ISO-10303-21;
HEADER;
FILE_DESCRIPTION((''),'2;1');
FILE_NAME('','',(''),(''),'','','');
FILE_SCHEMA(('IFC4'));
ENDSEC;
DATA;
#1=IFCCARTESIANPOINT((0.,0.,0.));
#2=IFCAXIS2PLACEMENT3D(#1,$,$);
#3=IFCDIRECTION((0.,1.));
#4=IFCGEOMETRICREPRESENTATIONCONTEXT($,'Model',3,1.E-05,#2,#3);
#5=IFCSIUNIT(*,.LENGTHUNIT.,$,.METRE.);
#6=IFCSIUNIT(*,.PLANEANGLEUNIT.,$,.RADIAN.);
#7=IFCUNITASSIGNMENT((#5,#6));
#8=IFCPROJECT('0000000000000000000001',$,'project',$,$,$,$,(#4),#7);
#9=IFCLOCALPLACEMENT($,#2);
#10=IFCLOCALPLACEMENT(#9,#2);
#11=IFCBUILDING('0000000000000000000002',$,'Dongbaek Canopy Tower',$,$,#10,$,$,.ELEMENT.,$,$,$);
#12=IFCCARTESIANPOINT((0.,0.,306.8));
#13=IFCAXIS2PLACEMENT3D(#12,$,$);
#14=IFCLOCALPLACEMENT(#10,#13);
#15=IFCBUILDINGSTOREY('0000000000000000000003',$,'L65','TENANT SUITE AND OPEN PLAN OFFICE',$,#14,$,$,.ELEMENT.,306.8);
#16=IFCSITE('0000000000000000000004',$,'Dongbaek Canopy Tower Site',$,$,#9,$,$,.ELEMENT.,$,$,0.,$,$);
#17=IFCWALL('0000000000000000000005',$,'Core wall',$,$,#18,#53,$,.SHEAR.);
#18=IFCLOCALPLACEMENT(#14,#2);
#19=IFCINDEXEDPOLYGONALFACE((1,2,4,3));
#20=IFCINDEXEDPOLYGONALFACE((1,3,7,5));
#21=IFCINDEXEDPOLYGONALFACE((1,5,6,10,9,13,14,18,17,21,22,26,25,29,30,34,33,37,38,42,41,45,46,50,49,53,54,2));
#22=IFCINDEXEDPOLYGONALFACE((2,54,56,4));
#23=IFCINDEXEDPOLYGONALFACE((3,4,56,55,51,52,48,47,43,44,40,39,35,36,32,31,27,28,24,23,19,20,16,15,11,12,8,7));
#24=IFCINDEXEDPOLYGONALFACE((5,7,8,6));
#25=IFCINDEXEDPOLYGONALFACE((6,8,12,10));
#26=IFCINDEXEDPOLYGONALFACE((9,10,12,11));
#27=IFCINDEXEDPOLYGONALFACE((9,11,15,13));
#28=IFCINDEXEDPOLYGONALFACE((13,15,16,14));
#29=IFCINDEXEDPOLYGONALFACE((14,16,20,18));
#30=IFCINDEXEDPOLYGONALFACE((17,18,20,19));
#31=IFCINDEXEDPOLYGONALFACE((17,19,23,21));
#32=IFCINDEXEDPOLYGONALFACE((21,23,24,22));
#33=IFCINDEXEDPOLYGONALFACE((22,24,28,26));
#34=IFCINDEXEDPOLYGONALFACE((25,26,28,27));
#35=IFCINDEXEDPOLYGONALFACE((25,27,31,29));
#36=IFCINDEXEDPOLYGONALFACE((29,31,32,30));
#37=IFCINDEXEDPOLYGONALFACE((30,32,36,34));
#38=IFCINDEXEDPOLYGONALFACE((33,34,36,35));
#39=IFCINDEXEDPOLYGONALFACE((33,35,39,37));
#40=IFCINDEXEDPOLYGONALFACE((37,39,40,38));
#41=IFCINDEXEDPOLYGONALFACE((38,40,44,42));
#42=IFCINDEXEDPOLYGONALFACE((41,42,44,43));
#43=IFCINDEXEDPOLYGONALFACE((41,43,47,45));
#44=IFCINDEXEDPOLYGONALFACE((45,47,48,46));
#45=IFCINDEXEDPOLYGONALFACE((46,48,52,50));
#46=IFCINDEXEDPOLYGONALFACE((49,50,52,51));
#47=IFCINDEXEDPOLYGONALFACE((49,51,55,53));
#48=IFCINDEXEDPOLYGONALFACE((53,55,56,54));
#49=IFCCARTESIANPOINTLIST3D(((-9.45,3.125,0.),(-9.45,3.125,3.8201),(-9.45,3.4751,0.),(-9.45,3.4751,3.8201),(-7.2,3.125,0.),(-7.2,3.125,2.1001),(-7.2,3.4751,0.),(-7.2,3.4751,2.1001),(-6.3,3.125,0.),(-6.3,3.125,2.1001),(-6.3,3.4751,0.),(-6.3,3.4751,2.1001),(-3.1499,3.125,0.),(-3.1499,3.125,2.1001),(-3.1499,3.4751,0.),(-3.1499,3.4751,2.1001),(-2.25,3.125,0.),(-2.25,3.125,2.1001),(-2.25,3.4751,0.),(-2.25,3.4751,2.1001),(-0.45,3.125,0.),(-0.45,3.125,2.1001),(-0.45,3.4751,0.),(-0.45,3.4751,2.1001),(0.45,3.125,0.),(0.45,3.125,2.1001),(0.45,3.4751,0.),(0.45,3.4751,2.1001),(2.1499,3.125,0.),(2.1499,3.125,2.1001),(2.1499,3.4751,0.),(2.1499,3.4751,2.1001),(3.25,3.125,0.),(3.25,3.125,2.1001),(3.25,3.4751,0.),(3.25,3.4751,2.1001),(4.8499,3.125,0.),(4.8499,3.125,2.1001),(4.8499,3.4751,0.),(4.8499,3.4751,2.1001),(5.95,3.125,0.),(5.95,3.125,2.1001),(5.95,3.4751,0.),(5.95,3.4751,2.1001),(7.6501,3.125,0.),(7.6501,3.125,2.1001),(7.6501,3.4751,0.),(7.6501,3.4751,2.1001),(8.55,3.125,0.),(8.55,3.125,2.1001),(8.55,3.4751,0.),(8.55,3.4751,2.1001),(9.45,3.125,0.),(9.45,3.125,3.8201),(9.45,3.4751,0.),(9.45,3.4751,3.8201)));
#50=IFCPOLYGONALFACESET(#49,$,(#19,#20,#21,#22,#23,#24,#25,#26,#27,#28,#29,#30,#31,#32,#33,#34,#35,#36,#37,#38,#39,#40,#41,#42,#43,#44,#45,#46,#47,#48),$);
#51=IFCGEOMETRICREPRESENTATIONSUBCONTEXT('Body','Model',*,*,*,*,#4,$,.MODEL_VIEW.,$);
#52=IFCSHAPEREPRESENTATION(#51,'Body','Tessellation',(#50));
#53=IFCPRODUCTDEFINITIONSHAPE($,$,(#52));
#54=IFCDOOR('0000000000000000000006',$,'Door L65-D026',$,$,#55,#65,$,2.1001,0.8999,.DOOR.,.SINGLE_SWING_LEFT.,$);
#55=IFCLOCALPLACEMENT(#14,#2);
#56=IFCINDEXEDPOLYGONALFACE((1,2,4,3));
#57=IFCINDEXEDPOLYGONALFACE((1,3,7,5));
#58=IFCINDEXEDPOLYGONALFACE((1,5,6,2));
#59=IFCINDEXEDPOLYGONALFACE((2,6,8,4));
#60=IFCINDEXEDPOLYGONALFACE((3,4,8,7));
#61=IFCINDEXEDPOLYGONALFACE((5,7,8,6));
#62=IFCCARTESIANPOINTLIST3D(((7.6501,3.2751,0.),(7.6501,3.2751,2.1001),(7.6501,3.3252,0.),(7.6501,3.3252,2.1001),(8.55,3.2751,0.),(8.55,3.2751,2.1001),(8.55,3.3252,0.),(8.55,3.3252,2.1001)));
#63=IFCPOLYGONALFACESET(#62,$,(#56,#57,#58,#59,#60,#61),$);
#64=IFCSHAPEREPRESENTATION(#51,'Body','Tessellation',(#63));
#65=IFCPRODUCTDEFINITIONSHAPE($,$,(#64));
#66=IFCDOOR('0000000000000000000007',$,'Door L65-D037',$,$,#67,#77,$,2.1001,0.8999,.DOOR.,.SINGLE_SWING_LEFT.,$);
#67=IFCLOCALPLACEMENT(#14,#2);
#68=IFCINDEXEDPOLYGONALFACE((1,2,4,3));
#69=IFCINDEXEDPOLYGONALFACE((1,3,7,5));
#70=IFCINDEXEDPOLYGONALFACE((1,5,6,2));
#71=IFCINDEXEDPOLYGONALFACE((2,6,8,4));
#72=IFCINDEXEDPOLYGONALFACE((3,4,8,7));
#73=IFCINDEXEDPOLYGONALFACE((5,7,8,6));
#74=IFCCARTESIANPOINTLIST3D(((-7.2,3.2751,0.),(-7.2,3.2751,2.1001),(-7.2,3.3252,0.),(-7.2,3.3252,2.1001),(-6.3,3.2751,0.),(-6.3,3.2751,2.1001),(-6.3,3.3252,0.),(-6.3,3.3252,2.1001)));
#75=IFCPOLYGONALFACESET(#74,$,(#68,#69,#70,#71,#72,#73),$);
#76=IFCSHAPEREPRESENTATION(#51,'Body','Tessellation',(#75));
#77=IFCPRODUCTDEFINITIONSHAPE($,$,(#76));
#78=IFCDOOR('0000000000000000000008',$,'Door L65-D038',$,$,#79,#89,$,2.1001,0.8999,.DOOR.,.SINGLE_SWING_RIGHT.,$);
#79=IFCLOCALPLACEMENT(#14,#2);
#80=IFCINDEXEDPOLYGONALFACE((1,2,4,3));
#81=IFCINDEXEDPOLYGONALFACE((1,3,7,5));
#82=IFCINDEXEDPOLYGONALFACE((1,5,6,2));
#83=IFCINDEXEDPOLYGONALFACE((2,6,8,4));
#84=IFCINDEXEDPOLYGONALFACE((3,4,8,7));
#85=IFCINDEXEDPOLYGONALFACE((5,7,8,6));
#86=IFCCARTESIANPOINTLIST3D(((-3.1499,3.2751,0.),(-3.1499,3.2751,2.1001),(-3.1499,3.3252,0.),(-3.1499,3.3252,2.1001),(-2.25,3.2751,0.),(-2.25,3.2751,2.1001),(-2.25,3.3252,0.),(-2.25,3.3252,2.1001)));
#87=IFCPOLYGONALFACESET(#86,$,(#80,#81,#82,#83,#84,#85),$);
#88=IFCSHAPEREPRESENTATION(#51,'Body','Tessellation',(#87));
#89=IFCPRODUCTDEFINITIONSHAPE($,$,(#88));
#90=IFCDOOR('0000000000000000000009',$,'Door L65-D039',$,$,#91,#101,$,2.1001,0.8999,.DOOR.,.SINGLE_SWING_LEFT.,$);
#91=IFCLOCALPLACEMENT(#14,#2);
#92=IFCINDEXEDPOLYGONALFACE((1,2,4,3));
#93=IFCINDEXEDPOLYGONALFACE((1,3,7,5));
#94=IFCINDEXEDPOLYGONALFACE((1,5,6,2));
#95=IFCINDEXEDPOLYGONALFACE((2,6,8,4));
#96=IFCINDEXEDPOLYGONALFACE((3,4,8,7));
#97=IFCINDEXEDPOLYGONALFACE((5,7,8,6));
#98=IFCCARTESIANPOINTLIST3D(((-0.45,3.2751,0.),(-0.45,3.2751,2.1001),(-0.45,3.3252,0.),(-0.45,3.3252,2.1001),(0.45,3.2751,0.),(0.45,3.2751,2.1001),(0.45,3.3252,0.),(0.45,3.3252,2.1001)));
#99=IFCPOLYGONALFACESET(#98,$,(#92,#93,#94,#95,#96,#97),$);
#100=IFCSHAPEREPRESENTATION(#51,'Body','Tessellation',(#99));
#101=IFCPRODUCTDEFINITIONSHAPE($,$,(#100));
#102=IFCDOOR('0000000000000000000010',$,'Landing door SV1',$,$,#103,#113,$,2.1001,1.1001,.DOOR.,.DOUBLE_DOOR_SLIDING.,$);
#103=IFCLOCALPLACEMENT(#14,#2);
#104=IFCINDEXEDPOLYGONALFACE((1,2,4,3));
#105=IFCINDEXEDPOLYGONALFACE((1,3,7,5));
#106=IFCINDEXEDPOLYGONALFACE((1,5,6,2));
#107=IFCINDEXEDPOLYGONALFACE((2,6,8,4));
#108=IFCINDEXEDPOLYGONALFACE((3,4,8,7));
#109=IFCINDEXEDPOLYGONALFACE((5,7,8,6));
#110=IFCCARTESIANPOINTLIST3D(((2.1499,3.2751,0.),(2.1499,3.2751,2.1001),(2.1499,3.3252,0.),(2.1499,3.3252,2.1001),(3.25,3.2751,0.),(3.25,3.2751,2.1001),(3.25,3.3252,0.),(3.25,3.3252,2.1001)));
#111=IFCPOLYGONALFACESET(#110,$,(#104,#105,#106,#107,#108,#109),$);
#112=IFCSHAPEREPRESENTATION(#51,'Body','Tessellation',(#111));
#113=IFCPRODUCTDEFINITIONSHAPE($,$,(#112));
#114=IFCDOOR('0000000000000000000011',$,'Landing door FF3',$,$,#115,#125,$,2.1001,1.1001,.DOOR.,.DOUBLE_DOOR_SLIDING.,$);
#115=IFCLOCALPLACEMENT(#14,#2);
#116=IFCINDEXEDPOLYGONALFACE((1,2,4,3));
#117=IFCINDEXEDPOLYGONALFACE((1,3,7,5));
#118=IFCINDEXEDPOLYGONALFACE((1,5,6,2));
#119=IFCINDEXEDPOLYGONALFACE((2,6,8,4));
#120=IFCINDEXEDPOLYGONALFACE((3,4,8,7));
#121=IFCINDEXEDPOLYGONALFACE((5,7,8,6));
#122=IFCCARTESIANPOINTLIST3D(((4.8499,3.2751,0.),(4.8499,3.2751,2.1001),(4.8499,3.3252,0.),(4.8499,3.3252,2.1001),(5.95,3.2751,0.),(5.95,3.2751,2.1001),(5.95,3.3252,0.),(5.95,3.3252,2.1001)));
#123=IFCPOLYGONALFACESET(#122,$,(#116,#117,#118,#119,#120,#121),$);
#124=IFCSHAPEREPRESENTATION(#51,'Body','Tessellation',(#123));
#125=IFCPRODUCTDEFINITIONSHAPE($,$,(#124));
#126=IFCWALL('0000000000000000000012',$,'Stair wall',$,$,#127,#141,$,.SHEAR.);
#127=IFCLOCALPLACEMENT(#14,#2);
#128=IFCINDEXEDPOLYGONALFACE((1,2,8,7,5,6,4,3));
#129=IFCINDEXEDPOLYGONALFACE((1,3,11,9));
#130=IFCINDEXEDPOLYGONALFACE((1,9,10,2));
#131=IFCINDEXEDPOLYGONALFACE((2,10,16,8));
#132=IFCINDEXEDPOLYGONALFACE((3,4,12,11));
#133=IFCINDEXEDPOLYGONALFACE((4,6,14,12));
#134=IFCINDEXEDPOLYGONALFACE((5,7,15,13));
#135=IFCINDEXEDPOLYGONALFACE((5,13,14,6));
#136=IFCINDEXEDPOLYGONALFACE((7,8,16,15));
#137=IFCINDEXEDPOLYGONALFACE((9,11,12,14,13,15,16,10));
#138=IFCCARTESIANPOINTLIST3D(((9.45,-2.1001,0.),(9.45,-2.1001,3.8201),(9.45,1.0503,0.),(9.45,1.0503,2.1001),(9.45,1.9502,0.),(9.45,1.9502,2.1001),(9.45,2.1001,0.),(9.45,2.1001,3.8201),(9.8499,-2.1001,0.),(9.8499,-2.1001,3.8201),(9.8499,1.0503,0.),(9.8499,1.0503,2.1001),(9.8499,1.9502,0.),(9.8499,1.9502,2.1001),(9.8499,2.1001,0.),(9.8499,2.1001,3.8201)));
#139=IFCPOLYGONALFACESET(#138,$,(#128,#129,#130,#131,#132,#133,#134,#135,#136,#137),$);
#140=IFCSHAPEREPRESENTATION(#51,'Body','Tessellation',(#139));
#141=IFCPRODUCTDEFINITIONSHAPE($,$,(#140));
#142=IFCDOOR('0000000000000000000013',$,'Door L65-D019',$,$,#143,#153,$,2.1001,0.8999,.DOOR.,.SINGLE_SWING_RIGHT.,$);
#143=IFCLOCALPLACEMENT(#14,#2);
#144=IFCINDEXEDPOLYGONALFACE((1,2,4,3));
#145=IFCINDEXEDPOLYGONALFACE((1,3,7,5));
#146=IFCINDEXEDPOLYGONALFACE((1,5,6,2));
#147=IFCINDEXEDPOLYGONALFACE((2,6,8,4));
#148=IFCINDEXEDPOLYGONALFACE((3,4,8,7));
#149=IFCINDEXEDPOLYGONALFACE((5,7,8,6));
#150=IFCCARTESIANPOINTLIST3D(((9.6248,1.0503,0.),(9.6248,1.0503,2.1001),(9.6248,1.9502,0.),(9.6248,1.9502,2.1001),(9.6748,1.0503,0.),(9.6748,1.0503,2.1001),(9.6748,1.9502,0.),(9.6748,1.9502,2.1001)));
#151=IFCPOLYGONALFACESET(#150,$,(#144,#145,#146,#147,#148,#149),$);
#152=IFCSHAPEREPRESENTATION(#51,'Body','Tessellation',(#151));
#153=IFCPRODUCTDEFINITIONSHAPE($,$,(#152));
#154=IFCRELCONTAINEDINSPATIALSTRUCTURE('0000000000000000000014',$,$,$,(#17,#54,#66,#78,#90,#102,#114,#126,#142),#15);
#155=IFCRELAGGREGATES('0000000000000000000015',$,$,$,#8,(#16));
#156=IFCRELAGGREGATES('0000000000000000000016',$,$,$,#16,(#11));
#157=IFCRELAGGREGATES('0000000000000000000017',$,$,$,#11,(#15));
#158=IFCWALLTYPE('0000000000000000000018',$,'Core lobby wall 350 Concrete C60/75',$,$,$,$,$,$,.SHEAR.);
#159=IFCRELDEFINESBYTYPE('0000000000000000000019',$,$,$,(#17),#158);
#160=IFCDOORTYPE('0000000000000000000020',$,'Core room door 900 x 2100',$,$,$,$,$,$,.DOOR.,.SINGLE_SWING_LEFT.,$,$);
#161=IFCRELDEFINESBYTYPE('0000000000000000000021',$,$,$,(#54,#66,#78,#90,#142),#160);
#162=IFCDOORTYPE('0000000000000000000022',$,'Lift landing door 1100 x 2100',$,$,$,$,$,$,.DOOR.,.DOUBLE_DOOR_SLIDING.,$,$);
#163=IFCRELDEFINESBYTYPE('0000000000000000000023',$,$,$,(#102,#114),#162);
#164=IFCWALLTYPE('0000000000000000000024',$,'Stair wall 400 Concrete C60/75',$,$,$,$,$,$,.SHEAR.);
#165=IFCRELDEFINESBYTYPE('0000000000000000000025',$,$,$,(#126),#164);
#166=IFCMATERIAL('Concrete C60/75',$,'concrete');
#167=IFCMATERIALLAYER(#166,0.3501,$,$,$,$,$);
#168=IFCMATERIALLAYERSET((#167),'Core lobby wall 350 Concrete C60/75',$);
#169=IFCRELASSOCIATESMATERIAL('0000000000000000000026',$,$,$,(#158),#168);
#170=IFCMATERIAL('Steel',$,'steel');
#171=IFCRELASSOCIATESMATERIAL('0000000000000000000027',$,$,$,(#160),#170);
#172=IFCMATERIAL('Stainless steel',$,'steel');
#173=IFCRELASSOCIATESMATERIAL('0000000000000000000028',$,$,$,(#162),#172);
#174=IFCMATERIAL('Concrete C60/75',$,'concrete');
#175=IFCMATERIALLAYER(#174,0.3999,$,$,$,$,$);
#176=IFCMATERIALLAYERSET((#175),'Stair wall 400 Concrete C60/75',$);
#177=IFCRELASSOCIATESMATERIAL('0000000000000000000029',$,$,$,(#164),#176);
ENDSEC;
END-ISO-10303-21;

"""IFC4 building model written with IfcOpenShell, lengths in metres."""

from ifc_helpers import new_model, si_unit, direction, frame, frame_2d, origin, place, context, subcontext, project, spatial, rectangle, extrude, material, layer, layer_set, type_object, element, fill, save


model = new_model("IFC4")

# Units and contexts
model_context = context("Model", 3, precision=1e-05, world=origin(), true_north=direction((0.0, 1.0)))
body_context = subcontext(model_context, "Body", "Model", "MODEL_VIEW")
ifc_project = project(units=[si_unit("LENGTHUNIT", "METRE"), si_unit("PLANEANGLEUNIT", "RADIAN")], contexts=[model_context])

# Site, building, storey
site_placement = place(None, origin())
site = spatial("IfcSite", under=ifc_project, at=site_placement, Name="Dongbaek Canopy Tower Site", CompositionType="ELEMENT", RefElevation=0.0)
building_placement = place(site_placement, origin())
building = spatial("IfcBuilding", under=site, at=building_placement, Name="Dongbaek Canopy Tower", CompositionType="ELEMENT")
storey_placement = place(building_placement, frame((0.0, 0.0, 306.8)))
storey = spatial("IfcBuildingStorey", under=building, at=storey_placement, Name="L65", Description="TENANT SUITE AND OPEN PLAN OFFICE", CompositionType="ELEMENT", Elevation=306.8)

# Wall, openings, doors
ifc_material_1 = material(Name="Concrete C60/75", Category="concrete")
ifc_layer_1 = layer(ifc_material_1, 0.3501)
ifc_layer_set_1 = layer_set([ifc_layer_1], Name="Core lobby wall 350 Concrete C60/75")
wall_type_1 = type_object("IfcWallType", Name="Core lobby wall 350 Concrete C60/75", PredefinedType="SHEAR", material=ifc_layer_set_1)
wall_1_placement = place(storey_placement, frame((9.45, 3.3, 0.0), z_axis=(0.0, 0.0, 1.0), x_axis=(-1.0, 0.0, 0.0)))
wall_1 = element("IfcWall", 1, at=wall_1_placement, inside=storey, type_object=wall_type_1, Name="Core wall", PredefinedType="SHEAR", context=body_context, shape_type="SweptSolid", body=[
    extrude(rectangle(XDim=18.8999, YDim=0.3501, at=frame_2d((9.45, 0.0))), origin(), (0.0, 0.0, 1.0), 3.8201),
])
opening_1_placement = place(wall_1_placement, frame((6.2, 0.0, 0.0)))
opening_1 = element("IfcOpeningElement", 2, at=opening_1_placement, cuts=wall_1, PredefinedType="OPENING", context=body_context, shape_type="SweptSolid", body=[
    extrude(rectangle(XDim=1.1001, YDim=2.1001, at=frame_2d((0.55, 1.05))), frame((0.0, 0.1851, 0.0), z_axis=(0.0, -1.0, 0.0), x_axis=(1.0, 0.0, 0.0)), (0.0, 0.0, 1.0), 0.3701),
])
opening_2_placement = place(wall_1_placement, frame((3.5, 0.0, 0.0)))
opening_2 = element("IfcOpeningElement", 3, at=opening_2_placement, cuts=wall_1, PredefinedType="OPENING", context=body_context, shape_type="SweptSolid", body=[
    extrude(rectangle(XDim=1.1001, YDim=2.1001, at=frame_2d((0.55, 1.05))), frame((0.0, 0.1851, 0.0), z_axis=(0.0, -1.0, 0.0), x_axis=(1.0, 0.0, 0.0)), (0.0, 0.0, 1.0), 0.3701),
])
opening_3_placement = place(wall_1_placement, frame((0.8999, 0.0, 0.0)))
opening_3 = element("IfcOpeningElement", 4, at=opening_3_placement, cuts=wall_1, PredefinedType="OPENING", context=body_context, shape_type="SweptSolid", body=[
    extrude(rectangle(XDim=0.8999, YDim=2.1001, at=frame_2d((0.45, 1.05))), frame((0.0, 0.1851, 0.0), z_axis=(0.0, -1.0, 0.0), x_axis=(1.0, 0.0, 0.0)), (0.0, 0.0, 1.0), 0.3701),
])
opening_4_placement = place(wall_1_placement, frame((15.75, 0.0, 0.0)))
opening_4 = element("IfcOpeningElement", 5, at=opening_4_placement, cuts=wall_1, PredefinedType="OPENING", context=body_context, shape_type="SweptSolid", body=[
    extrude(rectangle(XDim=0.8999, YDim=2.1001, at=frame_2d((0.45, 1.05))), frame((0.0, 0.1851, 0.0), z_axis=(0.0, -1.0, 0.0), x_axis=(1.0, 0.0, 0.0)), (0.0, 0.0, 1.0), 0.3701),
])
opening_5_placement = place(wall_1_placement, frame((11.7, 0.0, 0.0)))
opening_5 = element("IfcOpeningElement", 6, at=opening_5_placement, cuts=wall_1, PredefinedType="OPENING", context=body_context, shape_type="SweptSolid", body=[
    extrude(rectangle(XDim=0.8999, YDim=2.1001, at=frame_2d((0.45, 1.05))), frame((0.0, 0.1851, 0.0), z_axis=(0.0, -1.0, 0.0), x_axis=(1.0, 0.0, 0.0)), (0.0, 0.0, 1.0), 0.3701),
])
opening_6_placement = place(wall_1_placement, frame((9.0, 0.0, 0.0)))
opening_6 = element("IfcOpeningElement", 7, at=opening_6_placement, cuts=wall_1, PredefinedType="OPENING", context=body_context, shape_type="SweptSolid", body=[
    extrude(rectangle(XDim=0.8999, YDim=2.1001, at=frame_2d((0.45, 1.05))), frame((0.0, 0.1851, 0.0), z_axis=(0.0, -1.0, 0.0), x_axis=(1.0, 0.0, 0.0)), (0.0, 0.0, 1.0), 0.3701),
])
ifc_material_2 = material(Name="Steel", Category="steel")
door_type_1 = type_object("IfcDoorType", Name="Core room door 900 x 2100", OperationType="SINGLE_SWING_LEFT", PredefinedType="DOOR", material=ifc_material_2)
door_1_placement = place(opening_3_placement, origin())
door_1 = element("IfcDoor", 8, at=door_1_placement, inside=storey, type_object=door_type_1, Name="Door L65-D026", OperationType="SINGLE_SWING_LEFT", OverallHeight=2.1001, OverallWidth=0.8999, PredefinedType="DOOR", context=body_context, shape_type="SweptSolid", body=[
    extrude(rectangle(XDim=0.8999, YDim=2.1001, at=frame_2d((0.45, 1.05))), frame((0.0, 0.0249, 0.0), z_axis=(0.0, -1.0, 0.0), x_axis=(1.0, 0.0, 0.0)), (0.0, 0.0, 1.0), 0.05),
])
fill(opening_3, door_1)
door_2_placement = place(opening_4_placement, origin())
door_2 = element("IfcDoor", 9, at=door_2_placement, inside=storey, type_object=door_type_1, Name="Door L65-D037", OperationType="SINGLE_SWING_LEFT", OverallHeight=2.1001, OverallWidth=0.8999, PredefinedType="DOOR", context=body_context, shape_type="SweptSolid", body=[
    extrude(rectangle(XDim=0.8999, YDim=2.1001, at=frame_2d((0.45, 1.05))), frame((0.0, 0.0249, 0.0), z_axis=(0.0, -1.0, 0.0), x_axis=(1.0, 0.0, 0.0)), (0.0, 0.0, 1.0), 0.05),
])
fill(opening_4, door_2)
door_3_placement = place(opening_5_placement, origin())
door_3 = element("IfcDoor", 10, at=door_3_placement, inside=storey, type_object=door_type_1, Name="Door L65-D038", OperationType="SINGLE_SWING_RIGHT", OverallHeight=2.1001, OverallWidth=0.8999, PredefinedType="DOOR", context=body_context, shape_type="SweptSolid", body=[
    extrude(rectangle(XDim=0.8999, YDim=2.1001, at=frame_2d((0.45, 1.05))), frame((0.0, 0.0249, 0.0), z_axis=(0.0, -1.0, 0.0), x_axis=(1.0, 0.0, 0.0)), (0.0, 0.0, 1.0), 0.05),
])
fill(opening_5, door_3)
door_4_placement = place(opening_6_placement, origin())
door_4 = element("IfcDoor", 11, at=door_4_placement, inside=storey, type_object=door_type_1, Name="Door L65-D039", OperationType="SINGLE_SWING_LEFT", OverallHeight=2.1001, OverallWidth=0.8999, PredefinedType="DOOR", context=body_context, shape_type="SweptSolid", body=[
    extrude(rectangle(XDim=0.8999, YDim=2.1001, at=frame_2d((0.45, 1.05))), frame((0.0, 0.0249, 0.0), z_axis=(0.0, -1.0, 0.0), x_axis=(1.0, 0.0, 0.0)), (0.0, 0.0, 1.0), 0.05),
])
fill(opening_6, door_4)
ifc_material_3 = material(Name="Stainless steel", Category="steel")
door_type_2 = type_object("IfcDoorType", Name="Lift landing door 1100 x 2100", OperationType="DOUBLE_DOOR_SLIDING", PredefinedType="DOOR", material=ifc_material_3)
door_5_placement = place(opening_1_placement, origin())
door_5 = element("IfcDoor", 12, at=door_5_placement, inside=storey, type_object=door_type_2, Name="Landing door SV1", OperationType="DOUBLE_DOOR_SLIDING", OverallHeight=2.1001, OverallWidth=1.1001, PredefinedType="DOOR", context=body_context, shape_type="SweptSolid", body=[
    extrude(rectangle(XDim=1.1001, YDim=2.1001, at=frame_2d((0.55, 1.05))), frame((0.0, 0.0249, 0.0), z_axis=(0.0, -1.0, 0.0), x_axis=(1.0, 0.0, 0.0)), (0.0, 0.0, 1.0), 0.05),
])
fill(opening_1, door_5)
door_6_placement = place(opening_2_placement, origin())
door_6 = element("IfcDoor", 13, at=door_6_placement, inside=storey, type_object=door_type_2, Name="Landing door FF3", OperationType="DOUBLE_DOOR_SLIDING", OverallHeight=2.1001, OverallWidth=1.1001, PredefinedType="DOOR", context=body_context, shape_type="SweptSolid", body=[
    extrude(rectangle(XDim=1.1001, YDim=2.1001, at=frame_2d((0.55, 1.05))), frame((0.0, 0.0249, 0.0), z_axis=(0.0, -1.0, 0.0), x_axis=(1.0, 0.0, 0.0)), (0.0, 0.0, 1.0), 0.05),
])
fill(opening_2, door_6)

# Wall, opening, door
ifc_material_4 = material(Name="Concrete C60/75", Category="concrete")
ifc_layer_2 = layer(ifc_material_4, 0.3999)
ifc_layer_set_2 = layer_set([ifc_layer_2], Name="Stair wall 400 Concrete C60/75")
wall_type_2 = type_object("IfcWallType", Name="Stair wall 400 Concrete C60/75", PredefinedType="SHEAR", material=ifc_layer_set_2)
wall_2_placement = place(storey_placement, frame((9.6499, 2.1001, 0.0), z_axis=(0.0, 0.0, 1.0), x_axis=(0.0, -1.0, 0.0)))
wall_2 = element("IfcWall", 14, at=wall_2_placement, inside=storey, type_object=wall_type_2, Name="Stair wall", PredefinedType="SHEAR", context=body_context, shape_type="SweptSolid", body=[
    extrude(rectangle(XDim=4.2002, YDim=0.3999, at=frame_2d((2.1001, 0.0))), origin(), (0.0, 0.0, 1.0), 3.8201),
])
opening_7_placement = place(wall_2_placement, frame((0.1499, 0.0, 0.0)))
opening_7 = element("IfcOpeningElement", 15, at=opening_7_placement, cuts=wall_2, PredefinedType="OPENING", context=body_context, shape_type="SweptSolid", body=[
    extrude(rectangle(XDim=0.8999, YDim=2.1001, at=frame_2d((0.45, 1.05))), frame((0.0, 0.21, 0.0), z_axis=(0.0, -1.0, 0.0), x_axis=(1.0, 0.0, 0.0)), (0.0, 0.0, 1.0), 0.4199),
])
door_7_placement = place(opening_7_placement, origin())
door_7 = element("IfcDoor", 16, at=door_7_placement, inside=storey, type_object=door_type_1, Name="Door L65-D019", OperationType="SINGLE_SWING_RIGHT", OverallHeight=2.1001, OverallWidth=0.8999, PredefinedType="DOOR", context=body_context, shape_type="SweptSolid", body=[
    extrude(rectangle(XDim=0.8999, YDim=2.1001, at=frame_2d((0.45, 1.05))), frame((0.0, 0.0249, 0.0), z_axis=(0.0, -1.0, 0.0), x_axis=(1.0, 0.0, 0.0)), (0.0, 0.0, 1.0), 0.05),
])
fill(opening_7, door_7)

save(model, "model.ifc")
